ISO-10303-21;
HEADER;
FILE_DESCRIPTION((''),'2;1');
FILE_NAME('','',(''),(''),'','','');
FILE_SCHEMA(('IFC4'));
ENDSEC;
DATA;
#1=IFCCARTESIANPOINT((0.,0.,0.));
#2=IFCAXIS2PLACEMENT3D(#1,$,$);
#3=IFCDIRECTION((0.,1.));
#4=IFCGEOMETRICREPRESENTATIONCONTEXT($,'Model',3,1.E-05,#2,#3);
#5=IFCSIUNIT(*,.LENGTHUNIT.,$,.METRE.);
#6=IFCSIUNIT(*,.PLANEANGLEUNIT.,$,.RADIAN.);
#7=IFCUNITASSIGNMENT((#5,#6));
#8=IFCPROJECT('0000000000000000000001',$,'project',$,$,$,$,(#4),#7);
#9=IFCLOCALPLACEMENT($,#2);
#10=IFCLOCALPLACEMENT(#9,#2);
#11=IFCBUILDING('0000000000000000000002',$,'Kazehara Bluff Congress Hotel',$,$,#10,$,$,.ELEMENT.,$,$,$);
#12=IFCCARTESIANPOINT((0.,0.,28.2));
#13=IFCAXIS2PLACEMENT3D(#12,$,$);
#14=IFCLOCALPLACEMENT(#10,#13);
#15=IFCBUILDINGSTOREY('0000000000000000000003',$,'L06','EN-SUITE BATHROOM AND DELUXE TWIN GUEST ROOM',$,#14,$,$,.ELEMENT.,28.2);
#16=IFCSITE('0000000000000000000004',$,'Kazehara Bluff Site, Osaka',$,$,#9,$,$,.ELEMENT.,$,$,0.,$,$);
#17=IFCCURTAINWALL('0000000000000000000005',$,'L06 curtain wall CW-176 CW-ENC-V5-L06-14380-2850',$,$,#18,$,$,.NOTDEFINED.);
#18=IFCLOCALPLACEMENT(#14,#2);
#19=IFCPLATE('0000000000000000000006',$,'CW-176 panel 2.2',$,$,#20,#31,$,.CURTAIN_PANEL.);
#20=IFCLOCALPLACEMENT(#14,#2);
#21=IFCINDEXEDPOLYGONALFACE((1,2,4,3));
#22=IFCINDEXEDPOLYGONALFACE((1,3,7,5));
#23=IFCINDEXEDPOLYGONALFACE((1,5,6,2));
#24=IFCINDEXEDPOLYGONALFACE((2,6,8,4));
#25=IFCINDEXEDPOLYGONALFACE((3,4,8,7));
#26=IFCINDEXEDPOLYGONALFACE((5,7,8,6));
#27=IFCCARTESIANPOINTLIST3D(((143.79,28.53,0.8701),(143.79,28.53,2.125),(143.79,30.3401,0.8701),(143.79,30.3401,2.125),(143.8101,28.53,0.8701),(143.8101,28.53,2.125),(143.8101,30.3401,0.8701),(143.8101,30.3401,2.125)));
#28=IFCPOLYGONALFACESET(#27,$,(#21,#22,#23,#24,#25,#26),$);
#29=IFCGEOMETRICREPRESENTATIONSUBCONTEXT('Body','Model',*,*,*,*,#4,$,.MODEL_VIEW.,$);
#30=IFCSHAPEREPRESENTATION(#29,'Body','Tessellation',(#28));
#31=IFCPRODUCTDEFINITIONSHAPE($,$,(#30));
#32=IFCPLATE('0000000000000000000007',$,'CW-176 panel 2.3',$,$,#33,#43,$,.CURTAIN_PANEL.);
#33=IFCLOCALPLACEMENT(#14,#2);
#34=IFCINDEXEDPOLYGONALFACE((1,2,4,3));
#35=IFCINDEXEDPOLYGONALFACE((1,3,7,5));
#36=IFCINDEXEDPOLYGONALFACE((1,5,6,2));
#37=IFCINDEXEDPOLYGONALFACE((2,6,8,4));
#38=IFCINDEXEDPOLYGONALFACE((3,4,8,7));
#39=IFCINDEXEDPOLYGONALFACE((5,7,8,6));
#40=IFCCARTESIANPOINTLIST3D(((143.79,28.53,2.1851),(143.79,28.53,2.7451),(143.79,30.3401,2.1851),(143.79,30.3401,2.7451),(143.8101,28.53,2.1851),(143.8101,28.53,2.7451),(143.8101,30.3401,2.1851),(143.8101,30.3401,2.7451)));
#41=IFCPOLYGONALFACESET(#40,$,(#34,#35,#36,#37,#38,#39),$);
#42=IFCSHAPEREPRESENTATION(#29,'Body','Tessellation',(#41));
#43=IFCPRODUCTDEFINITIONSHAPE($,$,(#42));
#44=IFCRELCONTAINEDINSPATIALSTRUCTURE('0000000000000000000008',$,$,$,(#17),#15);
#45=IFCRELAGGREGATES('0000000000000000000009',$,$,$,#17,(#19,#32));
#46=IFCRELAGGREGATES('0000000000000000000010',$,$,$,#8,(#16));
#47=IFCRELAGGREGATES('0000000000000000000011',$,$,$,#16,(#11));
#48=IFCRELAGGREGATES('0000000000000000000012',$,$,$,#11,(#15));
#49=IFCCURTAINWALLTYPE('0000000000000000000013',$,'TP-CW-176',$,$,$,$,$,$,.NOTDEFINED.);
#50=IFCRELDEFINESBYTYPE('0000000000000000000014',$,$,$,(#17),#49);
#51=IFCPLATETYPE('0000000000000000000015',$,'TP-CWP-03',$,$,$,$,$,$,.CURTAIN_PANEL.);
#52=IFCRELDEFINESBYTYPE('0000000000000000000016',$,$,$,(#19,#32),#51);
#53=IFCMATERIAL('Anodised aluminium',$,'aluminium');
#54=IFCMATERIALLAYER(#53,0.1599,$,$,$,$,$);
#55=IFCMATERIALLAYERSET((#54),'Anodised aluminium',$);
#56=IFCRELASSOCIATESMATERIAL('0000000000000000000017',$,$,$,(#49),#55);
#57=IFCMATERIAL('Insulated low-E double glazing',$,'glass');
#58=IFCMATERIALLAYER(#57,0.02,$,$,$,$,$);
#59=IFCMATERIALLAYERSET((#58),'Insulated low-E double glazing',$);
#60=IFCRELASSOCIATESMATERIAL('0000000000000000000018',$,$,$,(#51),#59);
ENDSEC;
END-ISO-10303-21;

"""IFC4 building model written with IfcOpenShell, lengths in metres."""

from ifc_helpers import new_model, si_unit, direction, frame, origin, origin_2d, place, context, subcontext, project, spatial, rectangle, extrude, material, layer, layer_set, type_object, element, aggregate, save


model = new_model("IFC4")

# Units and contexts
model_context = context("Model", 3, precision=1e-05, world=origin(), true_north=direction((0.0, 1.0)))
body_context = subcontext(model_context, "Body", "Model", "MODEL_VIEW")
ifc_project = project(units=[si_unit("LENGTHUNIT", "METRE"), si_unit("PLANEANGLEUNIT", "RADIAN")], contexts=[model_context])

# Site, building, storey
site_placement = place(None, origin())
site = spatial("IfcSite", under=ifc_project, at=site_placement, Name="Kazehara Bluff Site, Osaka", CompositionType="ELEMENT", RefElevation=0.0)
building_placement = place(site_placement, origin())
building = spatial("IfcBuilding", under=site, at=building_placement, Name="Kazehara Bluff Congress Hotel", CompositionType="ELEMENT")
storey_placement = place(building_placement, frame((0.0, 0.0, 28.2)))
storey = spatial("IfcBuildingStorey", under=building, at=storey_placement, Name="L06", Description="EN-SUITE BATHROOM AND DELUXE TWIN GUEST ROOM", CompositionType="ELEMENT", Elevation=28.2)

# Curtain wall
ifc_material_1 = material(Name="Anodised aluminium", Category="aluminium")
ifc_layer_1 = layer(ifc_material_1, 0.1599)
ifc_layer_set_1 = layer_set([ifc_layer_1], Name="Anodised aluminium")
curtain_wall_type_1 = type_object("IfcCurtainWallType", Name="TP-CW-176", PredefinedType="NOTDEFINED", material=ifc_layer_set_1)
curtain_wall_1_placement = place(storey_placement, origin())
curtain_wall_1 = element("IfcCurtainWall", 1, at=curtain_wall_1_placement, inside=storey, type_object=curtain_wall_type_1, Name="L06 curtain wall CW-176 CW-ENC-V5-L06-14380-2850", PredefinedType="NOTDEFINED")

# Plates
ifc_material_2 = material(Name="Insulated low-E double glazing", Category="glass")
ifc_layer_2 = layer(ifc_material_2, 0.02)
ifc_layer_set_2 = layer_set([ifc_layer_2], Name="Insulated low-E double glazing")
plate_type = type_object("IfcPlateType", Name="TP-CWP-03", PredefinedType="CURTAIN_PANEL", material=ifc_layer_set_2)
plate_1_placement = place(storey_placement, frame((143.8, 29.4351, 0.8701), z_axis=(0.0, 0.0, 1.0), x_axis=(0.0, 1.0, 0.0)))
plate_1 = element("IfcPlate", 2, at=plate_1_placement, type_object=plate_type, Name="CW-176 panel 2.2", PredefinedType="CURTAIN_PANEL", context=body_context, shape_type="SweptSolid", body=[
    extrude(rectangle(XDim=1.8101, YDim=0.02, at=origin_2d()), origin(), (0.0, 0.0, 1.0), 1.2549),
])
plate_2_placement = place(storey_placement, frame((143.8, 29.4351, 2.1851), z_axis=(0.0, 0.0, 1.0), x_axis=(0.0, 1.0, 0.0)))
plate_2 = element("IfcPlate", 3, at=plate_2_placement, type_object=plate_type, Name="CW-176 panel 2.3", PredefinedType="CURTAIN_PANEL", context=body_context, shape_type="SweptSolid", body=[
    extrude(rectangle(XDim=1.8101, YDim=0.02, at=origin_2d()), origin(), (0.0, 0.0, 1.0), 0.5601),
])
aggregate(curtain_wall_1, [plate_1, plate_2])

save(model, "model.ifc")
